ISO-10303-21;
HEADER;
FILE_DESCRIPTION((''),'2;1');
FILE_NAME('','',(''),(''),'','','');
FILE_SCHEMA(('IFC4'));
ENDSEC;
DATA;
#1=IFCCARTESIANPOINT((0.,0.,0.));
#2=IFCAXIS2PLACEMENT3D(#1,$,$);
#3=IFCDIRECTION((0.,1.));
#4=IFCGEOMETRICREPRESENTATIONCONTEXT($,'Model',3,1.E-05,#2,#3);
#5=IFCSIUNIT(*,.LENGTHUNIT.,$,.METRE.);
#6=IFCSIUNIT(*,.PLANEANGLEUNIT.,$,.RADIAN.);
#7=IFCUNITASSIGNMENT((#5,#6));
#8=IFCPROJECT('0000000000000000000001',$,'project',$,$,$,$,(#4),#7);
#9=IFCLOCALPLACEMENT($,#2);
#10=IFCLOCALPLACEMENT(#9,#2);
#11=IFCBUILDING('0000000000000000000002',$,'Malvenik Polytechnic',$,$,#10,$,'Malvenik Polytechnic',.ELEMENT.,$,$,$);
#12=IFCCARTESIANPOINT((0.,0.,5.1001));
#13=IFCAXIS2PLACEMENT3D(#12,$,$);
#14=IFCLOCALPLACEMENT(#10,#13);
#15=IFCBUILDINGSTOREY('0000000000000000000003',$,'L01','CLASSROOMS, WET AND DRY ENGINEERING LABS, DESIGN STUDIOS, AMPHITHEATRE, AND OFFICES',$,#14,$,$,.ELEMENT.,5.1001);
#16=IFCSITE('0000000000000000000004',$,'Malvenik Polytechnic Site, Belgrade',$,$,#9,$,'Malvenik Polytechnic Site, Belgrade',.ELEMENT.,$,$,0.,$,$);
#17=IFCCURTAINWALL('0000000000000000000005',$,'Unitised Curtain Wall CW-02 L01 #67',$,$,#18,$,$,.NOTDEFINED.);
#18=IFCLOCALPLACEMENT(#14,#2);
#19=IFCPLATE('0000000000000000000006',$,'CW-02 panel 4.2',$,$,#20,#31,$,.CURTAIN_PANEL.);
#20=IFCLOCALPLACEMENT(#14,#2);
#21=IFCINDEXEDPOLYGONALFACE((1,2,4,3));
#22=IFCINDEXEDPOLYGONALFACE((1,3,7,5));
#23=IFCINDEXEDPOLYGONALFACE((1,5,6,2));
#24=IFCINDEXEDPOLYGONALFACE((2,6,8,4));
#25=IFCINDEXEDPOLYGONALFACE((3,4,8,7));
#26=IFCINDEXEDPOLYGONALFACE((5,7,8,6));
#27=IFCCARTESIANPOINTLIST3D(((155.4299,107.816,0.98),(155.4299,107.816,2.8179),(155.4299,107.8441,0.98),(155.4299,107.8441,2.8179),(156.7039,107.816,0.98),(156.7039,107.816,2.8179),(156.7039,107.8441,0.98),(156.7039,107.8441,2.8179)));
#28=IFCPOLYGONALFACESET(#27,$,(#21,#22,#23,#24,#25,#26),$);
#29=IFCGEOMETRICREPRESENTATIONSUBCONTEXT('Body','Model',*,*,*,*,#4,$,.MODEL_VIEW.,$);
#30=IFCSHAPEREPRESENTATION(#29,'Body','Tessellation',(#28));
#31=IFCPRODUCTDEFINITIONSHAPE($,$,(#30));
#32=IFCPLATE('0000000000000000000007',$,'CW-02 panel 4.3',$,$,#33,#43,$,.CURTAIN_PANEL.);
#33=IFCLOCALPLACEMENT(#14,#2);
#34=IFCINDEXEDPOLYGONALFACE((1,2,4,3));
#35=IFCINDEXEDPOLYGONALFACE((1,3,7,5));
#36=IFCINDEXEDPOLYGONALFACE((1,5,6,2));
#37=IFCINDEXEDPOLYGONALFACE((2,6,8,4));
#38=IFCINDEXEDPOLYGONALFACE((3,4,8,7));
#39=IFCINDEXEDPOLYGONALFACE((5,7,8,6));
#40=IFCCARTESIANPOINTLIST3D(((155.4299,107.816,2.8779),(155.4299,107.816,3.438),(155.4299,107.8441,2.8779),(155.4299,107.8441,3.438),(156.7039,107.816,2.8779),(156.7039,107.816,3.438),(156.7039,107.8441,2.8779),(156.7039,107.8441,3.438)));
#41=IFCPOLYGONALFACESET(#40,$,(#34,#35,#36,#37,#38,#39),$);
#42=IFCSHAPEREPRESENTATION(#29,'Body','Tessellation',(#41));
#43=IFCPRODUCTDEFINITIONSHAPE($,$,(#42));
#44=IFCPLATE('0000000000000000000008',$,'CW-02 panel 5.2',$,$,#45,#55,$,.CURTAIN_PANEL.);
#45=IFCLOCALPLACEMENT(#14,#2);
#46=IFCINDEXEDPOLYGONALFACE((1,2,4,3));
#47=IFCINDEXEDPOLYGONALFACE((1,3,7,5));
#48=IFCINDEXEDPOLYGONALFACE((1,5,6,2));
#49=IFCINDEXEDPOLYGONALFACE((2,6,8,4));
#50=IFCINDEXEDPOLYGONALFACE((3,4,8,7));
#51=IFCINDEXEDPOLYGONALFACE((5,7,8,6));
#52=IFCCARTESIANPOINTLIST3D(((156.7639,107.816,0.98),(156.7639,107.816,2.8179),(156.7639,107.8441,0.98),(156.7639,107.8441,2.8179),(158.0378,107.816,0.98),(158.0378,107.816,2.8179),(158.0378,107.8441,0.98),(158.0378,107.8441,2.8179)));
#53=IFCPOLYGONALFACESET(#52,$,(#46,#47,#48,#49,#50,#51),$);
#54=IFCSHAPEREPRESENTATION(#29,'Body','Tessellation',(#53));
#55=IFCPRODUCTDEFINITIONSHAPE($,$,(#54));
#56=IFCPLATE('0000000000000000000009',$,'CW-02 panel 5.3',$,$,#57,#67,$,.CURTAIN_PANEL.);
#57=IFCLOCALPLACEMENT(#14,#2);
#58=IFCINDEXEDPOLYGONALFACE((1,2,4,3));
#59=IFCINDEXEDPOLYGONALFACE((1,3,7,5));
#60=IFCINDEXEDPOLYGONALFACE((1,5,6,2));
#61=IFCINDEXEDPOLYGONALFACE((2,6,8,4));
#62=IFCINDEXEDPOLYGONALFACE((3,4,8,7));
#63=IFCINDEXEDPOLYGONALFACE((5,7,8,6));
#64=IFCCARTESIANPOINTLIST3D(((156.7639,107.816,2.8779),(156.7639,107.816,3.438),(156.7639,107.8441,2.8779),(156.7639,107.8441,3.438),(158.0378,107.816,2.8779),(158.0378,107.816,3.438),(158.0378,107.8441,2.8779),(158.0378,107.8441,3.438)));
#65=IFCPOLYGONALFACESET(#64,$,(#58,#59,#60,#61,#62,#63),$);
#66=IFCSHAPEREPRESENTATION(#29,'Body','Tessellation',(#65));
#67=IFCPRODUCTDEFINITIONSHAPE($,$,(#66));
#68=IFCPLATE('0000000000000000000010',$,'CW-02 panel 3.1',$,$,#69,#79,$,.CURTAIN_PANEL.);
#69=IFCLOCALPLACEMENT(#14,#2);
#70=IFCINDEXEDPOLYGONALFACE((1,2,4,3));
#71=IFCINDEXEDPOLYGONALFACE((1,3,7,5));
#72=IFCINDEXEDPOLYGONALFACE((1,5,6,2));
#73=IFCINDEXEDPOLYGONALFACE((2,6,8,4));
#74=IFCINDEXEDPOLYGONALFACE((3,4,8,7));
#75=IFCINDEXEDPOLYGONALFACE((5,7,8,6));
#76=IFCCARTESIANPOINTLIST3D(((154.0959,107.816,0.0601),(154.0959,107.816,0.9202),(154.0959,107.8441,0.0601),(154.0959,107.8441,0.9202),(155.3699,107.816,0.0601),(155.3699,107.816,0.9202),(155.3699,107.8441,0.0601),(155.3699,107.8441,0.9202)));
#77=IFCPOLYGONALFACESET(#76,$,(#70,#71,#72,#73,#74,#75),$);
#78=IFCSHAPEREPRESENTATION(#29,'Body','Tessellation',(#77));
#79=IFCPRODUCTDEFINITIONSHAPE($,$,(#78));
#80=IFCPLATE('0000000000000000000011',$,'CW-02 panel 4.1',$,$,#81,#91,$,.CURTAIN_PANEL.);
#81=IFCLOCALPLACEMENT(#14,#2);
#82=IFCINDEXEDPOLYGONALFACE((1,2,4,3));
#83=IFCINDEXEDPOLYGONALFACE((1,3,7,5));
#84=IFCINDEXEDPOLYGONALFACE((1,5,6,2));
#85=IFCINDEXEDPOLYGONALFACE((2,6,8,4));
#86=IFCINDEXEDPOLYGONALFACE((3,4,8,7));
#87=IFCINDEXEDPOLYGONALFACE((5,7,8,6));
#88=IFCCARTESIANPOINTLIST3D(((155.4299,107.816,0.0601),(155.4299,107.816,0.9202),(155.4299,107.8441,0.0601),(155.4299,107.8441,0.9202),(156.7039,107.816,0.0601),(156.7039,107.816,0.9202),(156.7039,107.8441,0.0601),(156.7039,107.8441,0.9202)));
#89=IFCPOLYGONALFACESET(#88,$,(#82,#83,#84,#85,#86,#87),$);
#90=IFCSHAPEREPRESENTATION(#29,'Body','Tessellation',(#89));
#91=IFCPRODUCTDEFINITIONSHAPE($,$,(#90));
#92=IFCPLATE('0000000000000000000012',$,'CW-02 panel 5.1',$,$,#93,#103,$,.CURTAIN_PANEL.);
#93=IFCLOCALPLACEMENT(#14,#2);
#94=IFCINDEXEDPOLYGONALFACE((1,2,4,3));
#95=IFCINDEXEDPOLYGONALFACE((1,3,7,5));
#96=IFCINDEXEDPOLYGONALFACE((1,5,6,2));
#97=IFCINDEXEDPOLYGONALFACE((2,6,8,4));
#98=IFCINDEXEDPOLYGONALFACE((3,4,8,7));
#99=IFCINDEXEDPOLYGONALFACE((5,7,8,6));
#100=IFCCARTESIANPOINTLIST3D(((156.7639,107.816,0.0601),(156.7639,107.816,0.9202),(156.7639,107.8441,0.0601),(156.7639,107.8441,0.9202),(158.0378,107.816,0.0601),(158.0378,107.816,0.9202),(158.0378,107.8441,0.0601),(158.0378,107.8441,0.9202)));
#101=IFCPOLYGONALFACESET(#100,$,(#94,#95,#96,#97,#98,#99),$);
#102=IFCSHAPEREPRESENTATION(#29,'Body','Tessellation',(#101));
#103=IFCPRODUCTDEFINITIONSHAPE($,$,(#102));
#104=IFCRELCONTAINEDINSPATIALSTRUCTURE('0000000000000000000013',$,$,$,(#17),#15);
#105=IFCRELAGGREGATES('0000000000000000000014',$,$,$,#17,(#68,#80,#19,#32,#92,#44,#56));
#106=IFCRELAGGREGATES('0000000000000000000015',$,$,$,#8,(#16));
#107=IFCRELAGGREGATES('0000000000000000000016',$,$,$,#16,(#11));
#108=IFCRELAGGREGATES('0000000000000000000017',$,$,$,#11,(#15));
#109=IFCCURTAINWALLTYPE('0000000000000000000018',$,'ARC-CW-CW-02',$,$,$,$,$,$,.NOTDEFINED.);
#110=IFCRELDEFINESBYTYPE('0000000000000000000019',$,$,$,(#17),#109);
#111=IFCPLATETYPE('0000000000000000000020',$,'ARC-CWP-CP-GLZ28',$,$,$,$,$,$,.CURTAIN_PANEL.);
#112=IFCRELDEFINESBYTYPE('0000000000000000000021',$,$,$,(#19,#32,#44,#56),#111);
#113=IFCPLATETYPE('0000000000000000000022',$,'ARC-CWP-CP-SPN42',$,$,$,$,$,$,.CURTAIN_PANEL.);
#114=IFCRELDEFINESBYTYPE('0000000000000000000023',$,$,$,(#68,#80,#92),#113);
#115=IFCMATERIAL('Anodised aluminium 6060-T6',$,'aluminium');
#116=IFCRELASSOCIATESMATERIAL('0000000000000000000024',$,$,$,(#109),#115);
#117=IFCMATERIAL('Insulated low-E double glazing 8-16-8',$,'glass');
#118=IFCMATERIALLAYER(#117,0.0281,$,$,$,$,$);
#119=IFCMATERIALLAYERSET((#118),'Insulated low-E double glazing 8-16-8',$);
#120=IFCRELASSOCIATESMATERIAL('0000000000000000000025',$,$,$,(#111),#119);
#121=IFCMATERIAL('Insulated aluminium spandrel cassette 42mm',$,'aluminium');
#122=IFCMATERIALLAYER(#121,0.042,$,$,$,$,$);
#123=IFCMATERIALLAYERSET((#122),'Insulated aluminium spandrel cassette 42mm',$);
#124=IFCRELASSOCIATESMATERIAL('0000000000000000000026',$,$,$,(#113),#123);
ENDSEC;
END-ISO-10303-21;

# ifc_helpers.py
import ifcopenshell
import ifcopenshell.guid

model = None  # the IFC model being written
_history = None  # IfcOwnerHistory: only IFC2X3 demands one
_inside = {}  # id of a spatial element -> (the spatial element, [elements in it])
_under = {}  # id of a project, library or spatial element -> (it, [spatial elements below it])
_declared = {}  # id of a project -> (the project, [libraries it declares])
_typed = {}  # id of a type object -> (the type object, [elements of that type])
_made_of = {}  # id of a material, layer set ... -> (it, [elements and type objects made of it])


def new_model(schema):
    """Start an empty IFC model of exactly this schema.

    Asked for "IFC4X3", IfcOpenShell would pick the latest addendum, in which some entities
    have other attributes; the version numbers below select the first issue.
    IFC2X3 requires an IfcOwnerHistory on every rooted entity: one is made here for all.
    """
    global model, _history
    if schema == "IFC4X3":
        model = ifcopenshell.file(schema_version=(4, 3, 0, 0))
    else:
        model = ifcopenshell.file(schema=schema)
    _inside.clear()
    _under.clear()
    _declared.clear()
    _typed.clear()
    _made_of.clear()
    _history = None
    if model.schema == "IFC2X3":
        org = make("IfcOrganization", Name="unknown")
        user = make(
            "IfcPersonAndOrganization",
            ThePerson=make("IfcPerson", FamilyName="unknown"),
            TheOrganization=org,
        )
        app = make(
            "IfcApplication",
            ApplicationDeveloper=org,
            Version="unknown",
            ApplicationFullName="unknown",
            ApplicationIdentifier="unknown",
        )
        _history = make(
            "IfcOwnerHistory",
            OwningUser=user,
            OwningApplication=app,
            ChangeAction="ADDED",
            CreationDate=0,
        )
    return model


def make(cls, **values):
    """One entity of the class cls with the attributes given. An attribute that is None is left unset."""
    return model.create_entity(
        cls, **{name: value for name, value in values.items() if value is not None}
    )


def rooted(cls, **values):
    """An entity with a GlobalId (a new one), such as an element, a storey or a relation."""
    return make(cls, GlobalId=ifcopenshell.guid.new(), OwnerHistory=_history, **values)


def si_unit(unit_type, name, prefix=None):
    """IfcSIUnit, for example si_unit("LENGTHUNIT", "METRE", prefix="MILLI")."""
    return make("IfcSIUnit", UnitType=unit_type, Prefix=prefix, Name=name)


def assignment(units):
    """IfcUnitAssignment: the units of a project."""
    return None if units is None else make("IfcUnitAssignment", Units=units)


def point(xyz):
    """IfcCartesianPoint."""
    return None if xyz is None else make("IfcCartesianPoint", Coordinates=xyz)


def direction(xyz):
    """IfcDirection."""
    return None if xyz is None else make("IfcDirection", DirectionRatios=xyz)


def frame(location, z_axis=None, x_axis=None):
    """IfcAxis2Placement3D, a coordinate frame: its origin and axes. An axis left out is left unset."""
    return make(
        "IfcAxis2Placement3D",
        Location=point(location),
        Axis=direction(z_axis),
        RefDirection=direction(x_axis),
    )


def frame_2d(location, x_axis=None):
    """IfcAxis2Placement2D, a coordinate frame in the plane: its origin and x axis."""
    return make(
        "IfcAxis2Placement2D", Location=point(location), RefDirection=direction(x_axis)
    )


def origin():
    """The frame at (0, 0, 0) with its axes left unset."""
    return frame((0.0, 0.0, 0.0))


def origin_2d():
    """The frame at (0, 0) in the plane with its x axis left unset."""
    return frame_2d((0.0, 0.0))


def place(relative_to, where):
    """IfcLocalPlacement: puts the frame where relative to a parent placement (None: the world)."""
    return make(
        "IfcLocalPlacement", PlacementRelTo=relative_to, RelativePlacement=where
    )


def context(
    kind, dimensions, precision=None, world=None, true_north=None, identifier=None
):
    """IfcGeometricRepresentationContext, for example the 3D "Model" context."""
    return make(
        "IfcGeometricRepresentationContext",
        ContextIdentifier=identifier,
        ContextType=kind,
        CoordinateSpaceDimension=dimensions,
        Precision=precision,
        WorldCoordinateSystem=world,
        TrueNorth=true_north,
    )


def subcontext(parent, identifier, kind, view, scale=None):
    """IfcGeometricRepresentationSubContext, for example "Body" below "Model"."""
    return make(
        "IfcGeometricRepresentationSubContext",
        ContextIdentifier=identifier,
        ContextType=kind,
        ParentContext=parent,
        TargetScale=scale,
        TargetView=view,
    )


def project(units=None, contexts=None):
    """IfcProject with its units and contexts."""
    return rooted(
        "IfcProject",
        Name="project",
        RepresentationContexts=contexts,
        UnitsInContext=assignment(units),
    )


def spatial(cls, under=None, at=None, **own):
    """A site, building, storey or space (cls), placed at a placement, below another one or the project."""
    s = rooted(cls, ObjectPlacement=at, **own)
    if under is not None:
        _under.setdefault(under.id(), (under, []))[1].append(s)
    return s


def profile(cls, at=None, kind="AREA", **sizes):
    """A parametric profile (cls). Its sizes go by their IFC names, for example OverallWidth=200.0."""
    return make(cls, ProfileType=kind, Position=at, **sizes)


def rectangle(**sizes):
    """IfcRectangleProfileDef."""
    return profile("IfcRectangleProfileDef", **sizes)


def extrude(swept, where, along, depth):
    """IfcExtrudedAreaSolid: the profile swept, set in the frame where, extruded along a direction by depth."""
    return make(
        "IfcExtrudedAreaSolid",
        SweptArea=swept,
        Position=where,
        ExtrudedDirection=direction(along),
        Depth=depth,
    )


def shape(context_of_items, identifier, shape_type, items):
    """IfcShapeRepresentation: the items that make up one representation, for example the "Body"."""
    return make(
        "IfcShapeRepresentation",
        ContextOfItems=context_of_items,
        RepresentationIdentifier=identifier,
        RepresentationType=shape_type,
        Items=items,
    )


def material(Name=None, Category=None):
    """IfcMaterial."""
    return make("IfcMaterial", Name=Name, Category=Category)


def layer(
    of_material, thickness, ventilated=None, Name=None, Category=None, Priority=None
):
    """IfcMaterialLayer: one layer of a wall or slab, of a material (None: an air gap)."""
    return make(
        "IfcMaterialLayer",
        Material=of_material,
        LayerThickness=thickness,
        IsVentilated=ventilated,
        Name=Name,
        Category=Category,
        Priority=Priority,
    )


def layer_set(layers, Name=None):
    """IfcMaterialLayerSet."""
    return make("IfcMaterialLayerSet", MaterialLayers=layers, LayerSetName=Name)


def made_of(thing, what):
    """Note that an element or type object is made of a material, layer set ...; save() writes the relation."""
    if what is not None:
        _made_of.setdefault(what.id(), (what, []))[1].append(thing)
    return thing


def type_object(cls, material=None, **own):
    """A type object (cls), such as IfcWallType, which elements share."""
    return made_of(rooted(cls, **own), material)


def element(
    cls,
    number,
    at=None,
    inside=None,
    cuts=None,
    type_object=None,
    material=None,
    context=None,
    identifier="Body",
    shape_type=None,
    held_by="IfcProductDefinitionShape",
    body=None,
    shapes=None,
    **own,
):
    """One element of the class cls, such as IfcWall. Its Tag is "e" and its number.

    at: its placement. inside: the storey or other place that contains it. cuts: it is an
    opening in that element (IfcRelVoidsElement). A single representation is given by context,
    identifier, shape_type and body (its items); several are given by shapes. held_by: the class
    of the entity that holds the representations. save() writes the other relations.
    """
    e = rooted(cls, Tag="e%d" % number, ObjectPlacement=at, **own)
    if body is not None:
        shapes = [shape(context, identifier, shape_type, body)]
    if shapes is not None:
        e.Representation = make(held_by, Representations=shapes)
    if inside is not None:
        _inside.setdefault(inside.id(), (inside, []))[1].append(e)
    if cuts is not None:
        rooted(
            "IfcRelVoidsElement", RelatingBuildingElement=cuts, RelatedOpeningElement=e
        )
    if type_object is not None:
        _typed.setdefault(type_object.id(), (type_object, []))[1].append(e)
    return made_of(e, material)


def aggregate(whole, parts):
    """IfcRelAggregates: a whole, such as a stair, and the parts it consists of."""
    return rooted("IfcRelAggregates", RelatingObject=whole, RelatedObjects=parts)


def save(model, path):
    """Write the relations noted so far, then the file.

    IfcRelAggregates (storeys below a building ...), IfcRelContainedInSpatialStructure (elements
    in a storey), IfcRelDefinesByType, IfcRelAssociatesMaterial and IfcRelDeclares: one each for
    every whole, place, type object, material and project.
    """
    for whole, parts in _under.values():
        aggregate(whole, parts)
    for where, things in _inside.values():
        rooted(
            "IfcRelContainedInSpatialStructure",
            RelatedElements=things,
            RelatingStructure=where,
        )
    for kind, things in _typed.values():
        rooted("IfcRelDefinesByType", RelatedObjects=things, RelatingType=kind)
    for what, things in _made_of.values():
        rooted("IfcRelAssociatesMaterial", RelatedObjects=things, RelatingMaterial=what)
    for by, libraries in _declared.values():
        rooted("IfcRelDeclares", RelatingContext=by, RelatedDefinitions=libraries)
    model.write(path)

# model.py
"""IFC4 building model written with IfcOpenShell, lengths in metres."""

from ifc_helpers import new_model, si_unit, direction, frame, origin, origin_2d, place, context, subcontext, project, spatial, rectangle, extrude, material, layer, layer_set, type_object, element, aggregate, save


model = new_model("IFC4")

# Units and contexts
model_context = context("Model", 3, precision=1e-05, world=origin(), true_north=direction((0.0, 1.0)))
body_context = subcontext(model_context, "Body", "Model", "MODEL_VIEW")
ifc_project = project(units=[si_unit("LENGTHUNIT", "METRE"), si_unit("PLANEANGLEUNIT", "RADIAN")], contexts=[model_context])

# Site, building, storey
site_placement = place(None, origin())
site = spatial("IfcSite", under=ifc_project, at=site_placement, Name="Malvenik Polytechnic Site, Belgrade", LongName="Malvenik Polytechnic Site, Belgrade", CompositionType="ELEMENT", RefElevation=0.0)
building_placement = place(site_placement, origin())
building = spatial("IfcBuilding", under=site, at=building_placement, Name="Malvenik Polytechnic", LongName="Malvenik Polytechnic", CompositionType="ELEMENT")
storey_placement = place(building_placement, frame((0.0, 0.0, 5.1001)))
storey = spatial("IfcBuildingStorey", under=building, at=storey_placement, Name="L01", Description="CLASSROOMS, WET AND DRY ENGINEERING LABS, DESIGN STUDIOS, AMPHITHEATRE, AND OFFICES", CompositionType="ELEMENT", Elevation=5.1001)

# Curtain wall, plates
ifc_material_1 = material(Name="Anodised aluminium 6060-T6", Category="aluminium")
curtain_wall_type = type_object("IfcCurtainWallType", Name="ARC-CW-CW-02", PredefinedType="NOTDEFINED", material=ifc_material_1)
curtain_wall_placement = place(storey_placement, origin())
curtain_wall = element("IfcCurtainWall", 1, at=curtain_wall_placement, inside=storey, type_object=curtain_wall_type, Name="Unitised Curtain Wall CW-02 L01 #67", PredefinedType="NOTDEFINED")
ifc_material_2 = material(Name="Insulated low-E double glazing 8-16-8", Category="glass")
ifc_layer_1 = layer(ifc_material_2, 0.0281)
ifc_layer_set_1 = layer_set([ifc_layer_1], Name="Insulated low-E double glazing 8-16-8")
plate_type_1 = type_object("IfcPlateType", Name="ARC-CWP-CP-GLZ28", PredefinedType="CURTAIN_PANEL", material=ifc_layer_set_1)
plate_1_placement = place(storey_placement, frame((156.0669, 107.8301, 0.98), z_axis=(0.0, 0.0, 1.0), x_axis=(1.0, 0.0, 0.0)))
plate_1 = element("IfcPlate", 2, at=plate_1_placement, type_object=plate_type_1, Name="CW-02 panel 4.2", PredefinedType="CURTAIN_PANEL", context=body_context, shape_type="SweptSolid", body=[
    extrude(rectangle(XDim=1.2739, YDim=0.0281, at=origin_2d()), origin(), (0.0, 0.0, 1.0), 1.8379),
])
plate_2_placement = place(storey_placement, frame((156.0669, 107.8301, 2.8779), z_axis=(0.0, 0.0, 1.0), x_axis=(1.0, 0.0, 0.0)))
plate_2 = element("IfcPlate", 3, at=plate_2_placement, type_object=plate_type_1, Name="CW-02 panel 4.3", PredefinedType="CURTAIN_PANEL", context=body_context, shape_type="SweptSolid", body=[
    extrude(rectangle(XDim=1.2739, YDim=0.0281, at=origin_2d()), origin(), (0.0, 0.0, 1.0), 0.5601),
])
plate_3_placement = place(storey_placement, frame((157.4009, 107.8301, 0.98), z_axis=(0.0, 0.0, 1.0), x_axis=(1.0, 0.0, 0.0)))
plate_3 = element("IfcPlate", 4, at=plate_3_placement, type_object=plate_type_1, Name="CW-02 panel 5.2", PredefinedType="CURTAIN_PANEL", context=body_context, shape_type="SweptSolid", body=[
    extrude(rectangle(XDim=1.2739, YDim=0.0281, at=origin_2d()), origin(), (0.0, 0.0, 1.0), 1.8379),
])
plate_4_placement = place(storey_placement, frame((157.4009, 107.8301, 2.8779), z_axis=(0.0, 0.0, 1.0), x_axis=(1.0, 0.0, 0.0)))
plate_4 = element("IfcPlate", 5, at=plate_4_placement, type_object=plate_type_1, Name="CW-02 panel 5.3", PredefinedType="CURTAIN_PANEL", context=body_context, shape_type="SweptSolid", body=[
    extrude(rectangle(XDim=1.2739, YDim=0.0281, at=origin_2d()), origin(), (0.0, 0.0, 1.0), 0.5601),
])
ifc_material_3 = material(Name="Insulated aluminium spandrel cassette 42mm", Category="aluminium")
ifc_layer_2 = layer(ifc_material_3, 0.042)
ifc_layer_set_2 = layer_set([ifc_layer_2], Name="Insulated aluminium spandrel cassette 42mm")
plate_type_2 = type_object("IfcPlateType", Name="ARC-CWP-CP-SPN42", PredefinedType="CURTAIN_PANEL", material=ifc_layer_set_2)
plate_5_placement = place(storey_placement, frame((154.7329, 107.8301, 0.0601), z_axis=(0.0, 0.0, 1.0), x_axis=(1.0, 0.0, 0.0)))
plate_5 = element("IfcPlate", 6, at=plate_5_placement, type_object=plate_type_2, Name="CW-02 panel 3.1", PredefinedType="CURTAIN_PANEL", context=body_context, shape_type="SweptSolid", body=[
    extrude(rectangle(XDim=1.2739, YDim=0.0281, at=origin_2d()), origin(), (0.0, 0.0, 1.0), 0.8601),
])
plate_6_placement = place(storey_placement, frame((156.0669, 107.8301, 0.0601), z_axis=(0.0, 0.0, 1.0), x_axis=(1.0, 0.0, 0.0)))
plate_6 = element("IfcPlate", 7, at=plate_6_placement, type_object=plate_type_2, Name="CW-02 panel 4.1", PredefinedType="CURTAIN_PANEL", context=body_context, shape_type="SweptSolid", body=[
    extrude(rectangle(XDim=1.2739, YDim=0.0281, at=origin_2d()), origin(), (0.0, 0.0, 1.0), 0.8601),
])
plate_7_placement = place(storey_placement, frame((157.4009, 107.8301, 0.0601), z_axis=(0.0, 0.0, 1.0), x_axis=(1.0, 0.0, 0.0)))
plate_7 = element("IfcPlate", 8, at=plate_7_placement, type_object=plate_type_2, Name="CW-02 panel 5.1", PredefinedType="CURTAIN_PANEL", context=body_context, shape_type="SweptSolid", body=[
    extrude(rectangle(XDim=1.2739, YDim=0.0281, at=origin_2d()), origin(), (0.0, 0.0, 1.0), 0.8601),
])
aggregate(curtain_wall, [plate_5, plate_6, plate_1, plate_2, plate_7, plate_3, plate_4])

save(model, "model.ifc")
